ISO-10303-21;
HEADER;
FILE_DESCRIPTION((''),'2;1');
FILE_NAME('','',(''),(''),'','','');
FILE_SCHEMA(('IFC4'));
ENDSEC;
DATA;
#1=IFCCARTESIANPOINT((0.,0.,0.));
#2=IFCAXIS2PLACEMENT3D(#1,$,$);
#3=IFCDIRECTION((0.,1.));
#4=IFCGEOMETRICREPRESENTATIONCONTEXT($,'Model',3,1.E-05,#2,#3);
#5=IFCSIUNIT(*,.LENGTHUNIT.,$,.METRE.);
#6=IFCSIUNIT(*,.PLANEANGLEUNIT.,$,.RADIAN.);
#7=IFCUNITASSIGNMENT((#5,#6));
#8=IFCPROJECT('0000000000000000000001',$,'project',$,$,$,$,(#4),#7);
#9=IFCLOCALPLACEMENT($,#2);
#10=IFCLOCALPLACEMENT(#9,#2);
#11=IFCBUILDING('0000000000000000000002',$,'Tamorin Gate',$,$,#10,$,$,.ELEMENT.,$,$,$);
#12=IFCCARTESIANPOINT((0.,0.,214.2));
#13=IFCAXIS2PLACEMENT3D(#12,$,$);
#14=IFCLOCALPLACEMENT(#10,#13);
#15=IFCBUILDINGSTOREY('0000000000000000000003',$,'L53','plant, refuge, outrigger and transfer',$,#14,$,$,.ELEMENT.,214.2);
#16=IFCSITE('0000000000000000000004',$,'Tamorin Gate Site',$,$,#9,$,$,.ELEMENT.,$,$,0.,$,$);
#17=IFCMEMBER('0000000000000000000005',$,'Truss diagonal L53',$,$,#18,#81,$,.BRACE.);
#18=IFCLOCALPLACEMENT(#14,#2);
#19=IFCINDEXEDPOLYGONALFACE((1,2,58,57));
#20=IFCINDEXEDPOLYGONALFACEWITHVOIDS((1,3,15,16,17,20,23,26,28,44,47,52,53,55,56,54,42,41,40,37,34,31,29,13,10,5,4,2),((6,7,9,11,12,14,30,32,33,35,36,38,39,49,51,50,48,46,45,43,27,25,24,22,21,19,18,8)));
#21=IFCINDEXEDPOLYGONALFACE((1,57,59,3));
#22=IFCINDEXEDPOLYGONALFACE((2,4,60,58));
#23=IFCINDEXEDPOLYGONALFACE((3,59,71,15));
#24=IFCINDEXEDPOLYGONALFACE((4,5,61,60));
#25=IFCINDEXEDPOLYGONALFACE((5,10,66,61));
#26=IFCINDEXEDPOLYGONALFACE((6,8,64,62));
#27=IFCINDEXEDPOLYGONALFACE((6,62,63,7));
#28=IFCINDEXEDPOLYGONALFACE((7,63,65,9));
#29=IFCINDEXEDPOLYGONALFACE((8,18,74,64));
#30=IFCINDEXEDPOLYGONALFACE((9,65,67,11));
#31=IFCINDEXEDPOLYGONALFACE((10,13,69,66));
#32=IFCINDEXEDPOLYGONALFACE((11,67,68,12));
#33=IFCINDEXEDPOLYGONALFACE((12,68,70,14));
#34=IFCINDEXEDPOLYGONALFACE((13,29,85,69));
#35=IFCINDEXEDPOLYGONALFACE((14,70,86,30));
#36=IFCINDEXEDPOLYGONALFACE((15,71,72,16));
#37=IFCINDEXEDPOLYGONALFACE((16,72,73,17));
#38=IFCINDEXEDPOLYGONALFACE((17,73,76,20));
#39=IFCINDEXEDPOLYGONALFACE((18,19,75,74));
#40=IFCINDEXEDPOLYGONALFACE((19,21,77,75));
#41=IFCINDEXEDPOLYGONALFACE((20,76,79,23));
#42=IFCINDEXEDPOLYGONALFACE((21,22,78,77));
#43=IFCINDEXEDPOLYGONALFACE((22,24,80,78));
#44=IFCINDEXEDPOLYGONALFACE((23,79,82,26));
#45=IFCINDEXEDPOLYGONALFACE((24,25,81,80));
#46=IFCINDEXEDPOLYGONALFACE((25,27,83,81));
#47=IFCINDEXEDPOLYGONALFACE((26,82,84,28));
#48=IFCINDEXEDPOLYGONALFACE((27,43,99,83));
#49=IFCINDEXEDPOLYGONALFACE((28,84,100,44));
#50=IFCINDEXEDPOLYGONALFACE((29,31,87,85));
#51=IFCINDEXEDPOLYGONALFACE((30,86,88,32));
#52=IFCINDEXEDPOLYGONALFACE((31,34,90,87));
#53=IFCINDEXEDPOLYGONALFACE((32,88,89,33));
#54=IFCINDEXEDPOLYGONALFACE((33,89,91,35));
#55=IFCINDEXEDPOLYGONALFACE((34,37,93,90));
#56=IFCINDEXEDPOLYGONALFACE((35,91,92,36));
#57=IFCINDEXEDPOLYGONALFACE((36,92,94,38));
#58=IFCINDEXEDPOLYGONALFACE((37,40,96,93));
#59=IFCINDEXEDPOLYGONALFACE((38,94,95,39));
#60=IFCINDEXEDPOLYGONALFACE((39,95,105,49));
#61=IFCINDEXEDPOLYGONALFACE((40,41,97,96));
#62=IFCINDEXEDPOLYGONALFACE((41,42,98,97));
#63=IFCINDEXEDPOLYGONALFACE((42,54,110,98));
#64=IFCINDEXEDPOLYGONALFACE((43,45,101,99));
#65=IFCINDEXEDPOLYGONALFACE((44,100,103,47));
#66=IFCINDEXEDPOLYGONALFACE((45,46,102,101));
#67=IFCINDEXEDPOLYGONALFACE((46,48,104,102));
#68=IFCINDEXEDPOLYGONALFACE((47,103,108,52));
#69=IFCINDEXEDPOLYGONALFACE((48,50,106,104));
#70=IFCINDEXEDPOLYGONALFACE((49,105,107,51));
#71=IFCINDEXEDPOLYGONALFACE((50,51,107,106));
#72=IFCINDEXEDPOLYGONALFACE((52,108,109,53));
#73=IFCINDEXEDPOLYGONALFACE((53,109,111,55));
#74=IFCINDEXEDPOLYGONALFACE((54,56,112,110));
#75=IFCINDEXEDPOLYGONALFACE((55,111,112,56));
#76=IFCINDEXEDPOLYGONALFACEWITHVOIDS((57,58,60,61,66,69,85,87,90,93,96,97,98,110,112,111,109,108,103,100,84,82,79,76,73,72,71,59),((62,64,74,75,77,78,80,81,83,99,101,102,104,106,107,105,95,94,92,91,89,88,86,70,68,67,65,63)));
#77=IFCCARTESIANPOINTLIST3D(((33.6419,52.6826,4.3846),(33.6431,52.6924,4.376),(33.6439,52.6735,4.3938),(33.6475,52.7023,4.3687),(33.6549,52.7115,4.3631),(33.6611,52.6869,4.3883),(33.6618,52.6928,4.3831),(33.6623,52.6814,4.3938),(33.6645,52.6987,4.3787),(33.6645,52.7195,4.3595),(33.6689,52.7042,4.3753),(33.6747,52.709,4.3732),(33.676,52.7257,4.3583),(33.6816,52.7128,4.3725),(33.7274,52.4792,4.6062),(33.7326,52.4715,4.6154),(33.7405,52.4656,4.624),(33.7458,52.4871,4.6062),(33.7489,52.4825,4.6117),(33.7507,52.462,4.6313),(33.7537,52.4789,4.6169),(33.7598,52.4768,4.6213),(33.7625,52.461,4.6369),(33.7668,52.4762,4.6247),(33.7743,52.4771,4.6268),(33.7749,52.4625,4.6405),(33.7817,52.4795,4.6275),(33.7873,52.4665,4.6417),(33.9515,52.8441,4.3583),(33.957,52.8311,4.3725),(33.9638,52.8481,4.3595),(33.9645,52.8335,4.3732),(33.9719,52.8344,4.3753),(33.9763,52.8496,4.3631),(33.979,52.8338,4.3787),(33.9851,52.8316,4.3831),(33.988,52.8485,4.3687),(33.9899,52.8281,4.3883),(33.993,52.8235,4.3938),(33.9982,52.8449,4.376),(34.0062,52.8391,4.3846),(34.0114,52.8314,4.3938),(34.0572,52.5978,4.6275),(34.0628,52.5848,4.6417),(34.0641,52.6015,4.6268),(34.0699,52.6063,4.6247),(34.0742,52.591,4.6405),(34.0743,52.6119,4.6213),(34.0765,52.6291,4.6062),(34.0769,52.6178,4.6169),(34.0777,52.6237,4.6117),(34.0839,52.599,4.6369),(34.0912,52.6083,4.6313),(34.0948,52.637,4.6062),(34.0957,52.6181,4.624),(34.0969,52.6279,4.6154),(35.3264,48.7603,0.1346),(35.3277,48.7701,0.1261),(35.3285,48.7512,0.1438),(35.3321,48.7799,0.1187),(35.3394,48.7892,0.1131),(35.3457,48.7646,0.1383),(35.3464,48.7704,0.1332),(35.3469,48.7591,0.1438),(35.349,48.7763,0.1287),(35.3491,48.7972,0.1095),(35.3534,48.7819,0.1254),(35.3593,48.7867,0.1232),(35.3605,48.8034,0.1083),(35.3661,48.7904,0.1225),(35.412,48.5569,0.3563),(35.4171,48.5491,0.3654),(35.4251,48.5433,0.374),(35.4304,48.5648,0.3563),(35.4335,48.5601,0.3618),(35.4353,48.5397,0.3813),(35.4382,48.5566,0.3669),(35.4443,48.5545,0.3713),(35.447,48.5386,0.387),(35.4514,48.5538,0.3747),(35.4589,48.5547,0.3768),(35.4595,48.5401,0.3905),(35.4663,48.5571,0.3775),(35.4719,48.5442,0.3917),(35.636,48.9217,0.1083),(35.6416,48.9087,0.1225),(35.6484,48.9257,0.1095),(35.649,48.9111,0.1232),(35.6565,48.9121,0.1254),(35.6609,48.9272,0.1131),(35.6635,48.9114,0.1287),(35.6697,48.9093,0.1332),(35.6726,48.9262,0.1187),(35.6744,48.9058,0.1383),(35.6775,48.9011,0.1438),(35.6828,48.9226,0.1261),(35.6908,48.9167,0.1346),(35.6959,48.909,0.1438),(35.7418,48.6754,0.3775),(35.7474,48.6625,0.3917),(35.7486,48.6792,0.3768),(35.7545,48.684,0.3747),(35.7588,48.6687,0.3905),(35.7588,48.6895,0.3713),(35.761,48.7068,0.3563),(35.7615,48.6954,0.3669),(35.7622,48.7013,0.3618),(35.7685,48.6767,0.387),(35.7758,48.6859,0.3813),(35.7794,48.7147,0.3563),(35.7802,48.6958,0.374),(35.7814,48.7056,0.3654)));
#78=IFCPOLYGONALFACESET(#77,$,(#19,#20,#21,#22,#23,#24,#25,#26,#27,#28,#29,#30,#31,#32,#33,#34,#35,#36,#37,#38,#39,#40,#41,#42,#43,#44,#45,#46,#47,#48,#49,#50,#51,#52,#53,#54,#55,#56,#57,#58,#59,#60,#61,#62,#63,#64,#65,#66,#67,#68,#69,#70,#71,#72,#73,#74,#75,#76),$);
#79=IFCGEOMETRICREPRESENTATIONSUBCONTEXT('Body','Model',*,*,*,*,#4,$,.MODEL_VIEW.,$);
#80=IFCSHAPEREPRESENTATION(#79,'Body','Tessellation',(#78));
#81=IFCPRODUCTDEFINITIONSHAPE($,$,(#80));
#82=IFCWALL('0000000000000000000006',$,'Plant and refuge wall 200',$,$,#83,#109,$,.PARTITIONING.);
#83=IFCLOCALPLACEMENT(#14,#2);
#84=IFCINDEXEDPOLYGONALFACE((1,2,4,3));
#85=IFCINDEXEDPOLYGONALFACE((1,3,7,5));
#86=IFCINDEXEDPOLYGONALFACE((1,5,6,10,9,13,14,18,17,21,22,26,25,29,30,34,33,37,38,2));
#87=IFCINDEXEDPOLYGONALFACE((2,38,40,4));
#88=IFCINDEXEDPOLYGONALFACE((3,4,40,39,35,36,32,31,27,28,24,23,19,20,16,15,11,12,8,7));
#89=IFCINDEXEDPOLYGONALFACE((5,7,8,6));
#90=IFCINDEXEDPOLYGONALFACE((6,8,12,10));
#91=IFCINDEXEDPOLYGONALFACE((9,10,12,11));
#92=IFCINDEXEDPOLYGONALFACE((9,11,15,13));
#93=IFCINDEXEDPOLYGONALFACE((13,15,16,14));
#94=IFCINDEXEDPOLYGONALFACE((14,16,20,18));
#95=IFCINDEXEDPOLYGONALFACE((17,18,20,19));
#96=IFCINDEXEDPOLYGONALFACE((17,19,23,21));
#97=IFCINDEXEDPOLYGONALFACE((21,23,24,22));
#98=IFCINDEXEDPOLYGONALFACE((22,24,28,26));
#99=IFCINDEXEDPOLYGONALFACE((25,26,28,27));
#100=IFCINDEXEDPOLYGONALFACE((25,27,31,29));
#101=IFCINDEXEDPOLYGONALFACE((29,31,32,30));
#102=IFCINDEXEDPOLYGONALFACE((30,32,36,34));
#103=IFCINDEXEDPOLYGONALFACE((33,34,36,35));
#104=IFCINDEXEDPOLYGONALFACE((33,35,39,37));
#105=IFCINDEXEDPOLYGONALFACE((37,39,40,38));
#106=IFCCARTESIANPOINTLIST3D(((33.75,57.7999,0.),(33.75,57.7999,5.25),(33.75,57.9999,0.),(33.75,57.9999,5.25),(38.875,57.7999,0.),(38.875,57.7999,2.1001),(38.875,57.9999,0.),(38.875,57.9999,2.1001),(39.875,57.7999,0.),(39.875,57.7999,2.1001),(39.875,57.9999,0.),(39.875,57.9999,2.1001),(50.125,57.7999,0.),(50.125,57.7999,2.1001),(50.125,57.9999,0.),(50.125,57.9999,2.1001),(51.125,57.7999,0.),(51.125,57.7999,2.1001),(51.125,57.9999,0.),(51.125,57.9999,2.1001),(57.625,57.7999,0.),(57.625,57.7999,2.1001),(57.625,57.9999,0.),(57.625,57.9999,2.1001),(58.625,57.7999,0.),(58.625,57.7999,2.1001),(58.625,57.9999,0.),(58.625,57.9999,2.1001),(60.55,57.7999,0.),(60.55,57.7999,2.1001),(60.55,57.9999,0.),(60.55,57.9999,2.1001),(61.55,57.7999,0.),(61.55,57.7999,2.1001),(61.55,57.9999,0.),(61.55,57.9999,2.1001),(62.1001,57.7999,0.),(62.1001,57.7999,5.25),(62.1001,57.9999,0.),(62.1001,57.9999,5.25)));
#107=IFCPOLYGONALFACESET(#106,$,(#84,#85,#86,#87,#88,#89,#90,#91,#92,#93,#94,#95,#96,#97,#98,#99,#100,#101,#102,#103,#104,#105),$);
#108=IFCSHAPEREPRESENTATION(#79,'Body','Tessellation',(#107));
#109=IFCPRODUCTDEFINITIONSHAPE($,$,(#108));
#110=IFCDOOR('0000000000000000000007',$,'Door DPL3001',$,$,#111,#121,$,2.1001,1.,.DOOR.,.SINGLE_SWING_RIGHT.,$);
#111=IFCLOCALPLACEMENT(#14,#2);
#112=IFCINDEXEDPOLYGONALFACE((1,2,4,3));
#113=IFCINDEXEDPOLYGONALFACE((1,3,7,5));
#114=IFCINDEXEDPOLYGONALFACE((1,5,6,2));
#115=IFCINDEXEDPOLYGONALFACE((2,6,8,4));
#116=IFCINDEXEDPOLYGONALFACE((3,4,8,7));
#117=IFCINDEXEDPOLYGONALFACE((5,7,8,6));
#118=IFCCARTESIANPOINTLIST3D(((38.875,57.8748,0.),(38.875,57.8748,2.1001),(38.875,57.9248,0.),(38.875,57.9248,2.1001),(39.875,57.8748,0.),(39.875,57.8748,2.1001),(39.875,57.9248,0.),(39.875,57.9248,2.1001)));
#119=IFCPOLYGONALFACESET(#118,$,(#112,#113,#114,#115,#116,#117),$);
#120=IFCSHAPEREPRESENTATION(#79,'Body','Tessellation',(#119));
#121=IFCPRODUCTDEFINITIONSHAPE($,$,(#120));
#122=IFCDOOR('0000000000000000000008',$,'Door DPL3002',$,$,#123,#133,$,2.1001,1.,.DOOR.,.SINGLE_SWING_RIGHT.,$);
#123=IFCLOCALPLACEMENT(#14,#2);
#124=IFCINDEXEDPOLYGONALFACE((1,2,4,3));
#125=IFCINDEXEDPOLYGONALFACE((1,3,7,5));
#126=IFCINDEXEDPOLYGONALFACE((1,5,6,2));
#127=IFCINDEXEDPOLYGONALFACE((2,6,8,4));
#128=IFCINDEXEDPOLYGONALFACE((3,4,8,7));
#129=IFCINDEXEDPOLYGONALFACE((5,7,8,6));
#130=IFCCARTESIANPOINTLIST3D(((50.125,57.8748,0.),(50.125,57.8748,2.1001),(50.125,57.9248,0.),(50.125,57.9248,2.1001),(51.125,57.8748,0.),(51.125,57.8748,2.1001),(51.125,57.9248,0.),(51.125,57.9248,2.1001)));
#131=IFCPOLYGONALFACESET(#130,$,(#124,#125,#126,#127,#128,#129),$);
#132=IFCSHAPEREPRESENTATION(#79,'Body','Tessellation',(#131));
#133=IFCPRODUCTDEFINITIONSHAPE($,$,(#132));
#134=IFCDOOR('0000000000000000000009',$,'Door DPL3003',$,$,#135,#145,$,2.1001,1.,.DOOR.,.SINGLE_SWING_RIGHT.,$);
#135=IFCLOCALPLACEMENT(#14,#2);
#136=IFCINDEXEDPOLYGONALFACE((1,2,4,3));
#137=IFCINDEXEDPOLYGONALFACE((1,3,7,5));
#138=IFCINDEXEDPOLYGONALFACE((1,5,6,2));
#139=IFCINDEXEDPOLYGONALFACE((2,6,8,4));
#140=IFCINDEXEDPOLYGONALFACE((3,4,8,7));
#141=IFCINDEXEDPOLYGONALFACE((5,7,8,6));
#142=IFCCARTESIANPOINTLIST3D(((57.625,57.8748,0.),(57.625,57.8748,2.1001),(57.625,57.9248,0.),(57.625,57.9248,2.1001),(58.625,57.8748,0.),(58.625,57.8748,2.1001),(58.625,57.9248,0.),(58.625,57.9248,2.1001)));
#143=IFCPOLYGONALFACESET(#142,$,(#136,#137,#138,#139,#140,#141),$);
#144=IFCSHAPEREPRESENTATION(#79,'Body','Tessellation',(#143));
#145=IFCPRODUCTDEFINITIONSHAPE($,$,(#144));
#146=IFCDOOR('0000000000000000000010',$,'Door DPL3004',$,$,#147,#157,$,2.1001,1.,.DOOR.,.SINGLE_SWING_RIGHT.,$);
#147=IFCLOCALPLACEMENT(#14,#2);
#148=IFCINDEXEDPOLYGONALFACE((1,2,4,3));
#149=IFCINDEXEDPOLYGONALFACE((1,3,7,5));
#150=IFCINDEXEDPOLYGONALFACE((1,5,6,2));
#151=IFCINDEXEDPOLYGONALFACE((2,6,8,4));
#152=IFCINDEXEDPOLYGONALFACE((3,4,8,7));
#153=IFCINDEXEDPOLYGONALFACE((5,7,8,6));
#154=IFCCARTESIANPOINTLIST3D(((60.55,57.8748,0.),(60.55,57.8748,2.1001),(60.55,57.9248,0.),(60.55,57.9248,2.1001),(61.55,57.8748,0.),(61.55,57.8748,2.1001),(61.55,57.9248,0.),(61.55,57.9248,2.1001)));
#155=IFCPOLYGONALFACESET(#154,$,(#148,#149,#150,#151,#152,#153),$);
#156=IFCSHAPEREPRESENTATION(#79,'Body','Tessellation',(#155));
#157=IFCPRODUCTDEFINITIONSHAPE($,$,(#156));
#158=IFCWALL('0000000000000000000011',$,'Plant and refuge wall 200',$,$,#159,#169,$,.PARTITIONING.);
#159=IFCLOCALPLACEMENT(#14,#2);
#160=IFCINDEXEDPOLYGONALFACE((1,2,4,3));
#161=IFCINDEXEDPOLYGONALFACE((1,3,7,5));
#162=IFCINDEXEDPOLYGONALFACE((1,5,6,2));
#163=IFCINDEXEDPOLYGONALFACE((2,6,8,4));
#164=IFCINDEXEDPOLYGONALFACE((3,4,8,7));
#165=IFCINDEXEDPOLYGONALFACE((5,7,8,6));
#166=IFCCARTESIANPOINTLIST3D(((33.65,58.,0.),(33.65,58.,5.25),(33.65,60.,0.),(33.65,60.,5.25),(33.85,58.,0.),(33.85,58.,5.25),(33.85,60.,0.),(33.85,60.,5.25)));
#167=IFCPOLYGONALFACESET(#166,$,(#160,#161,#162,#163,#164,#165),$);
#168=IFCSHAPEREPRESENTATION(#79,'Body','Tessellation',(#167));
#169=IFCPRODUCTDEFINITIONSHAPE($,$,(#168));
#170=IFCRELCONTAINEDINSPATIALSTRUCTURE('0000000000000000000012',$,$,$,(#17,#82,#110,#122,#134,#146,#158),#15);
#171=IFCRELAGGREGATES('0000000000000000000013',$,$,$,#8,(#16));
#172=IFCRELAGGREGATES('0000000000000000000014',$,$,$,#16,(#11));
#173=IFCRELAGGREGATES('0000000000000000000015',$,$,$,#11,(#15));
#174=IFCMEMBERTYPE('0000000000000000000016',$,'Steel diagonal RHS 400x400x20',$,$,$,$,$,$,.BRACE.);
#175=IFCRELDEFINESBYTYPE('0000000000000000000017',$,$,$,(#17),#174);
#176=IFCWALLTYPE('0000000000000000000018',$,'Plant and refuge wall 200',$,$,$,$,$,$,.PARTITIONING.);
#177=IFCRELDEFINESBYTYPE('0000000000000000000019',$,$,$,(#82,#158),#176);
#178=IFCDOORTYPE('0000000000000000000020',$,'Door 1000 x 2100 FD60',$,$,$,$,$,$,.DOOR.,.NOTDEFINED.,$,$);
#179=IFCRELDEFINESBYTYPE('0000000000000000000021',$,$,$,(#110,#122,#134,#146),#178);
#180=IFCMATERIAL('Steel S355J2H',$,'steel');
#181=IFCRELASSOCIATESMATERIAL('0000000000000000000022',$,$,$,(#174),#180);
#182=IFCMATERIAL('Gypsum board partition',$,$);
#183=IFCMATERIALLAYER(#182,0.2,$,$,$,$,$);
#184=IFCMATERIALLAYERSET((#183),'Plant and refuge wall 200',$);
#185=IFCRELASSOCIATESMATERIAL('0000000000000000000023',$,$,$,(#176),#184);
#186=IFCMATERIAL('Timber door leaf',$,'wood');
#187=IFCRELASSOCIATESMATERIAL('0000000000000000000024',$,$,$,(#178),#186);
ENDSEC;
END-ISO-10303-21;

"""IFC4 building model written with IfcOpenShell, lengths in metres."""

from ifc_helpers import new_model, si_unit, direction, frame, frame_2d, origin, origin_2d, place, context, subcontext, project, spatial, rectangle, hollow_rectangle, extrude, material, layer, layer_set, material_profile, profile_set, type_object, element, fill, save


model = new_model("IFC4")

# Units and contexts
model_context = context("Model", 3, precision=1e-05, world=origin(), true_north=direction((0.0, 1.0)))
body_context = subcontext(model_context, "Body", "Model", "MODEL_VIEW")
ifc_project = project(units=[si_unit("LENGTHUNIT", "METRE"), si_unit("PLANEANGLEUNIT", "RADIAN")], contexts=[model_context])

# Site, building, storey
site_placement = place(None, origin())
site = spatial("IfcSite", under=ifc_project, at=site_placement, Name="Tamorin Gate Site", CompositionType="ELEMENT", RefElevation=0.0)
building_placement = place(site_placement, origin())
building = spatial("IfcBuilding", under=site, at=building_placement, Name="Tamorin Gate", CompositionType="ELEMENT")
storey_placement = place(building_placement, frame((0.0, 0.0, 214.2)))
storey = spatial("IfcBuildingStorey", under=building, at=storey_placement, Name="L53", Description="plant, refuge, outrigger and transfer", CompositionType="ELEMENT", Elevation=214.2)

# Member
ifc_material_1 = material(Name="Steel S355J2H", Category="steel")
ifc_material_profile_1 = material_profile(ifc_material_1, hollow_rectangle(XDim=0.3999, YDim=0.3999, WallThickness=0.02, InnerFilletRadius=0.03, OuterFilletRadius=0.05, at=origin_2d()), Name="RHS 400x400x20")
ifc_profile_set_1 = profile_set([ifc_material_profile_1], Name="Steel S355J2H")
member_type_1 = type_object("IfcMemberType", Name="Steel diagonal RHS 400x400x20", PredefinedType="BRACE", material=ifc_profile_set_1)
member_placement = place(storey_placement, frame((33.8694, 52.6553, 4.5), z_axis=(0.279656, -0.651153, -0.705544), x_axis=(0.918843, 0.394623, 0.0)))
element("IfcMember", 1, at=member_placement, inside=storey, type_object=member_type_1, Name="Truss diagonal L53", PredefinedType="BRACE", context=body_context, shape_type="SweptSolid", body=[
    extrude(hollow_rectangle(XDim=0.3999, YDim=0.3999, WallThickness=0.02, InnerFilletRadius=0.03, OuterFilletRadius=0.05, at=origin_2d()), origin(), (0.0, 0.0, 1.0), 6.0237),
])

# Wall, openings, doors
ifc_material_2 = material(Name="Gypsum board partition")
ifc_layer_1 = layer(ifc_material_2, 0.2)
ifc_layer_set_1 = layer_set([ifc_layer_1], Name="Plant and refuge wall 200")
wall_type_1 = type_object("IfcWallType", Name="Plant and refuge wall 200", PredefinedType="PARTITIONING", material=ifc_layer_set_1)
wall_1_placement = place(storey_placement, frame((33.75, 57.8999, 0.0), z_axis=(0.0, 0.0, 1.0), x_axis=(1.0, 0.0, 0.0)))
wall_1 = element("IfcWall", 2, at=wall_1_placement, inside=storey, type_object=wall_type_1, Name="Plant and refuge wall 200", PredefinedType="PARTITIONING", context=body_context, shape_type="SweptSolid", body=[
    extrude(rectangle(XDim=28.3501, YDim=0.2, at=frame_2d((14.175, 0.0))), origin(), (0.0, 0.0, 1.0), 5.25),
])
opening_1_placement = place(wall_1_placement, frame((5.125, 0.0, 0.0)))
opening_1 = element("IfcOpeningElement", 3, at=opening_1_placement, cuts=wall_1, PredefinedType="OPENING", context=body_context, shape_type="SweptSolid", body=[
    extrude(rectangle(XDim=1.0, YDim=2.1001, at=frame_2d((0.5, 1.05))), frame((0.0, 0.1099, 0.0), z_axis=(0.0, -1.0, 0.0), x_axis=(1.0, 0.0, 0.0)), (0.0, 0.0, 1.0), 0.22),
])
opening_2_placement = place(wall_1_placement, frame((16.375, 0.0, 0.0)))
opening_2 = element("IfcOpeningElement", 4, at=opening_2_placement, cuts=wall_1, PredefinedType="OPENING", context=body_context, shape_type="SweptSolid", body=[
    extrude(rectangle(XDim=1.0, YDim=2.1001, at=frame_2d((0.5, 1.05))), frame((0.0, 0.1099, 0.0), z_axis=(0.0, -1.0, 0.0), x_axis=(1.0, 0.0, 0.0)), (0.0, 0.0, 1.0), 0.22),
])
opening_3_placement = place(wall_1_placement, frame((23.875, 0.0, 0.0)))
opening_3 = element("IfcOpeningElement", 5, at=opening_3_placement, cuts=wall_1, PredefinedType="OPENING", context=body_context, shape_type="SweptSolid", body=[
    extrude(rectangle(XDim=1.0, YDim=2.1001, at=frame_2d((0.5, 1.05))), frame((0.0, 0.1099, 0.0), z_axis=(0.0, -1.0, 0.0), x_axis=(1.0, 0.0, 0.0)), (0.0, 0.0, 1.0), 0.22),
])
opening_4_placement = place(wall_1_placement, frame((26.8, 0.0, 0.0)))
opening_4 = element("IfcOpeningElement", 6, at=opening_4_placement, cuts=wall_1, PredefinedType="OPENING", context=body_context, shape_type="SweptSolid", body=[
    extrude(rectangle(XDim=1.0, YDim=2.1001, at=frame_2d((0.5, 1.05))), frame((0.0, 0.1099, 0.0), z_axis=(0.0, -1.0, 0.0), x_axis=(1.0, 0.0, 0.0)), (0.0, 0.0, 1.0), 0.22),
])
ifc_material_3 = material(Name="Timber door leaf", Category="wood")
door_type_1 = type_object("IfcDoorType", Name="Door 1000 x 2100 FD60", OperationType="NOTDEFINED", PredefinedType="DOOR", material=ifc_material_3)
door_1_placement = place(opening_1_placement, origin())
door_1 = element("IfcDoor", 7, at=door_1_placement, inside=storey, type_object=door_type_1, Name="Door DPL3001", OperationType="SINGLE_SWING_RIGHT", OverallHeight=2.1001, OverallWidth=1.0, PredefinedType="DOOR", context=body_context, shape_type="SweptSolid", body=[
    extrude(rectangle(XDim=1.0, YDim=2.1001, at=frame_2d((0.5, 1.05))), frame((0.0, 0.0249, 0.0), z_axis=(0.0, -1.0, 0.0), x_axis=(1.0, 0.0, 0.0)), (0.0, 0.0, 1.0), 0.05),
])
fill(opening_1, door_1)
door_2_placement = place(opening_2_placement, origin())
door_2 = element("IfcDoor", 8, at=door_2_placement, inside=storey, type_object=door_type_1, Name="Door DPL3002", OperationType="SINGLE_SWING_RIGHT", OverallHeight=2.1001, OverallWidth=1.0, PredefinedType="DOOR", context=body_context, shape_type="SweptSolid", body=[
    extrude(rectangle(XDim=1.0, YDim=2.1001, at=frame_2d((0.5, 1.05))), frame((0.0, 0.0249, 0.0), z_axis=(0.0, -1.0, 0.0), x_axis=(1.0, 0.0, 0.0)), (0.0, 0.0, 1.0), 0.05),
])
fill(opening_2, door_2)
door_3_placement = place(opening_3_placement, origin())
door_3 = element("IfcDoor", 9, at=door_3_placement, inside=storey, type_object=door_type_1, Name="Door DPL3003", OperationType="SINGLE_SWING_RIGHT", OverallHeight=2.1001, OverallWidth=1.0, PredefinedType="DOOR", context=body_context, shape_type="SweptSolid", body=[
    extrude(rectangle(XDim=1.0, YDim=2.1001, at=frame_2d((0.5, 1.05))), frame((0.0, 0.0249, 0.0), z_axis=(0.0, -1.0, 0.0), x_axis=(1.0, 0.0, 0.0)), (0.0, 0.0, 1.0), 0.05),
])
fill(opening_3, door_3)
door_4_placement = place(opening_4_placement, origin())
door_4 = element("IfcDoor", 10, at=door_4_placement, inside=storey, type_object=door_type_1, Name="Door DPL3004", OperationType="SINGLE_SWING_RIGHT", OverallHeight=2.1001, OverallWidth=1.0, PredefinedType="DOOR", context=body_context, shape_type="SweptSolid", body=[
    extrude(rectangle(XDim=1.0, YDim=2.1001, at=frame_2d((0.5, 1.05))), frame((0.0, 0.0249, 0.0), z_axis=(0.0, -1.0, 0.0), x_axis=(1.0, 0.0, 0.0)), (0.0, 0.0, 1.0), 0.05),
])
fill(opening_4, door_4)

# Wall
wall_2_placement = place(storey_placement, frame((33.75, 58.0, 0.0), z_axis=(0.0, 0.0, 1.0), x_axis=(0.0, 1.0, 0.0)))
element("IfcWall", 11, at=wall_2_placement, inside=storey, type_object=wall_type_1, Name="Plant and refuge wall 200", PredefinedType="PARTITIONING", context=body_context, shape_type="SweptSolid", body=[
    extrude(rectangle(XDim=2.0, YDim=0.2, at=frame_2d((1.0, 0.0))), origin(), (0.0, 0.0, 1.0), 5.25),
])

save(model, "model.ifc")
